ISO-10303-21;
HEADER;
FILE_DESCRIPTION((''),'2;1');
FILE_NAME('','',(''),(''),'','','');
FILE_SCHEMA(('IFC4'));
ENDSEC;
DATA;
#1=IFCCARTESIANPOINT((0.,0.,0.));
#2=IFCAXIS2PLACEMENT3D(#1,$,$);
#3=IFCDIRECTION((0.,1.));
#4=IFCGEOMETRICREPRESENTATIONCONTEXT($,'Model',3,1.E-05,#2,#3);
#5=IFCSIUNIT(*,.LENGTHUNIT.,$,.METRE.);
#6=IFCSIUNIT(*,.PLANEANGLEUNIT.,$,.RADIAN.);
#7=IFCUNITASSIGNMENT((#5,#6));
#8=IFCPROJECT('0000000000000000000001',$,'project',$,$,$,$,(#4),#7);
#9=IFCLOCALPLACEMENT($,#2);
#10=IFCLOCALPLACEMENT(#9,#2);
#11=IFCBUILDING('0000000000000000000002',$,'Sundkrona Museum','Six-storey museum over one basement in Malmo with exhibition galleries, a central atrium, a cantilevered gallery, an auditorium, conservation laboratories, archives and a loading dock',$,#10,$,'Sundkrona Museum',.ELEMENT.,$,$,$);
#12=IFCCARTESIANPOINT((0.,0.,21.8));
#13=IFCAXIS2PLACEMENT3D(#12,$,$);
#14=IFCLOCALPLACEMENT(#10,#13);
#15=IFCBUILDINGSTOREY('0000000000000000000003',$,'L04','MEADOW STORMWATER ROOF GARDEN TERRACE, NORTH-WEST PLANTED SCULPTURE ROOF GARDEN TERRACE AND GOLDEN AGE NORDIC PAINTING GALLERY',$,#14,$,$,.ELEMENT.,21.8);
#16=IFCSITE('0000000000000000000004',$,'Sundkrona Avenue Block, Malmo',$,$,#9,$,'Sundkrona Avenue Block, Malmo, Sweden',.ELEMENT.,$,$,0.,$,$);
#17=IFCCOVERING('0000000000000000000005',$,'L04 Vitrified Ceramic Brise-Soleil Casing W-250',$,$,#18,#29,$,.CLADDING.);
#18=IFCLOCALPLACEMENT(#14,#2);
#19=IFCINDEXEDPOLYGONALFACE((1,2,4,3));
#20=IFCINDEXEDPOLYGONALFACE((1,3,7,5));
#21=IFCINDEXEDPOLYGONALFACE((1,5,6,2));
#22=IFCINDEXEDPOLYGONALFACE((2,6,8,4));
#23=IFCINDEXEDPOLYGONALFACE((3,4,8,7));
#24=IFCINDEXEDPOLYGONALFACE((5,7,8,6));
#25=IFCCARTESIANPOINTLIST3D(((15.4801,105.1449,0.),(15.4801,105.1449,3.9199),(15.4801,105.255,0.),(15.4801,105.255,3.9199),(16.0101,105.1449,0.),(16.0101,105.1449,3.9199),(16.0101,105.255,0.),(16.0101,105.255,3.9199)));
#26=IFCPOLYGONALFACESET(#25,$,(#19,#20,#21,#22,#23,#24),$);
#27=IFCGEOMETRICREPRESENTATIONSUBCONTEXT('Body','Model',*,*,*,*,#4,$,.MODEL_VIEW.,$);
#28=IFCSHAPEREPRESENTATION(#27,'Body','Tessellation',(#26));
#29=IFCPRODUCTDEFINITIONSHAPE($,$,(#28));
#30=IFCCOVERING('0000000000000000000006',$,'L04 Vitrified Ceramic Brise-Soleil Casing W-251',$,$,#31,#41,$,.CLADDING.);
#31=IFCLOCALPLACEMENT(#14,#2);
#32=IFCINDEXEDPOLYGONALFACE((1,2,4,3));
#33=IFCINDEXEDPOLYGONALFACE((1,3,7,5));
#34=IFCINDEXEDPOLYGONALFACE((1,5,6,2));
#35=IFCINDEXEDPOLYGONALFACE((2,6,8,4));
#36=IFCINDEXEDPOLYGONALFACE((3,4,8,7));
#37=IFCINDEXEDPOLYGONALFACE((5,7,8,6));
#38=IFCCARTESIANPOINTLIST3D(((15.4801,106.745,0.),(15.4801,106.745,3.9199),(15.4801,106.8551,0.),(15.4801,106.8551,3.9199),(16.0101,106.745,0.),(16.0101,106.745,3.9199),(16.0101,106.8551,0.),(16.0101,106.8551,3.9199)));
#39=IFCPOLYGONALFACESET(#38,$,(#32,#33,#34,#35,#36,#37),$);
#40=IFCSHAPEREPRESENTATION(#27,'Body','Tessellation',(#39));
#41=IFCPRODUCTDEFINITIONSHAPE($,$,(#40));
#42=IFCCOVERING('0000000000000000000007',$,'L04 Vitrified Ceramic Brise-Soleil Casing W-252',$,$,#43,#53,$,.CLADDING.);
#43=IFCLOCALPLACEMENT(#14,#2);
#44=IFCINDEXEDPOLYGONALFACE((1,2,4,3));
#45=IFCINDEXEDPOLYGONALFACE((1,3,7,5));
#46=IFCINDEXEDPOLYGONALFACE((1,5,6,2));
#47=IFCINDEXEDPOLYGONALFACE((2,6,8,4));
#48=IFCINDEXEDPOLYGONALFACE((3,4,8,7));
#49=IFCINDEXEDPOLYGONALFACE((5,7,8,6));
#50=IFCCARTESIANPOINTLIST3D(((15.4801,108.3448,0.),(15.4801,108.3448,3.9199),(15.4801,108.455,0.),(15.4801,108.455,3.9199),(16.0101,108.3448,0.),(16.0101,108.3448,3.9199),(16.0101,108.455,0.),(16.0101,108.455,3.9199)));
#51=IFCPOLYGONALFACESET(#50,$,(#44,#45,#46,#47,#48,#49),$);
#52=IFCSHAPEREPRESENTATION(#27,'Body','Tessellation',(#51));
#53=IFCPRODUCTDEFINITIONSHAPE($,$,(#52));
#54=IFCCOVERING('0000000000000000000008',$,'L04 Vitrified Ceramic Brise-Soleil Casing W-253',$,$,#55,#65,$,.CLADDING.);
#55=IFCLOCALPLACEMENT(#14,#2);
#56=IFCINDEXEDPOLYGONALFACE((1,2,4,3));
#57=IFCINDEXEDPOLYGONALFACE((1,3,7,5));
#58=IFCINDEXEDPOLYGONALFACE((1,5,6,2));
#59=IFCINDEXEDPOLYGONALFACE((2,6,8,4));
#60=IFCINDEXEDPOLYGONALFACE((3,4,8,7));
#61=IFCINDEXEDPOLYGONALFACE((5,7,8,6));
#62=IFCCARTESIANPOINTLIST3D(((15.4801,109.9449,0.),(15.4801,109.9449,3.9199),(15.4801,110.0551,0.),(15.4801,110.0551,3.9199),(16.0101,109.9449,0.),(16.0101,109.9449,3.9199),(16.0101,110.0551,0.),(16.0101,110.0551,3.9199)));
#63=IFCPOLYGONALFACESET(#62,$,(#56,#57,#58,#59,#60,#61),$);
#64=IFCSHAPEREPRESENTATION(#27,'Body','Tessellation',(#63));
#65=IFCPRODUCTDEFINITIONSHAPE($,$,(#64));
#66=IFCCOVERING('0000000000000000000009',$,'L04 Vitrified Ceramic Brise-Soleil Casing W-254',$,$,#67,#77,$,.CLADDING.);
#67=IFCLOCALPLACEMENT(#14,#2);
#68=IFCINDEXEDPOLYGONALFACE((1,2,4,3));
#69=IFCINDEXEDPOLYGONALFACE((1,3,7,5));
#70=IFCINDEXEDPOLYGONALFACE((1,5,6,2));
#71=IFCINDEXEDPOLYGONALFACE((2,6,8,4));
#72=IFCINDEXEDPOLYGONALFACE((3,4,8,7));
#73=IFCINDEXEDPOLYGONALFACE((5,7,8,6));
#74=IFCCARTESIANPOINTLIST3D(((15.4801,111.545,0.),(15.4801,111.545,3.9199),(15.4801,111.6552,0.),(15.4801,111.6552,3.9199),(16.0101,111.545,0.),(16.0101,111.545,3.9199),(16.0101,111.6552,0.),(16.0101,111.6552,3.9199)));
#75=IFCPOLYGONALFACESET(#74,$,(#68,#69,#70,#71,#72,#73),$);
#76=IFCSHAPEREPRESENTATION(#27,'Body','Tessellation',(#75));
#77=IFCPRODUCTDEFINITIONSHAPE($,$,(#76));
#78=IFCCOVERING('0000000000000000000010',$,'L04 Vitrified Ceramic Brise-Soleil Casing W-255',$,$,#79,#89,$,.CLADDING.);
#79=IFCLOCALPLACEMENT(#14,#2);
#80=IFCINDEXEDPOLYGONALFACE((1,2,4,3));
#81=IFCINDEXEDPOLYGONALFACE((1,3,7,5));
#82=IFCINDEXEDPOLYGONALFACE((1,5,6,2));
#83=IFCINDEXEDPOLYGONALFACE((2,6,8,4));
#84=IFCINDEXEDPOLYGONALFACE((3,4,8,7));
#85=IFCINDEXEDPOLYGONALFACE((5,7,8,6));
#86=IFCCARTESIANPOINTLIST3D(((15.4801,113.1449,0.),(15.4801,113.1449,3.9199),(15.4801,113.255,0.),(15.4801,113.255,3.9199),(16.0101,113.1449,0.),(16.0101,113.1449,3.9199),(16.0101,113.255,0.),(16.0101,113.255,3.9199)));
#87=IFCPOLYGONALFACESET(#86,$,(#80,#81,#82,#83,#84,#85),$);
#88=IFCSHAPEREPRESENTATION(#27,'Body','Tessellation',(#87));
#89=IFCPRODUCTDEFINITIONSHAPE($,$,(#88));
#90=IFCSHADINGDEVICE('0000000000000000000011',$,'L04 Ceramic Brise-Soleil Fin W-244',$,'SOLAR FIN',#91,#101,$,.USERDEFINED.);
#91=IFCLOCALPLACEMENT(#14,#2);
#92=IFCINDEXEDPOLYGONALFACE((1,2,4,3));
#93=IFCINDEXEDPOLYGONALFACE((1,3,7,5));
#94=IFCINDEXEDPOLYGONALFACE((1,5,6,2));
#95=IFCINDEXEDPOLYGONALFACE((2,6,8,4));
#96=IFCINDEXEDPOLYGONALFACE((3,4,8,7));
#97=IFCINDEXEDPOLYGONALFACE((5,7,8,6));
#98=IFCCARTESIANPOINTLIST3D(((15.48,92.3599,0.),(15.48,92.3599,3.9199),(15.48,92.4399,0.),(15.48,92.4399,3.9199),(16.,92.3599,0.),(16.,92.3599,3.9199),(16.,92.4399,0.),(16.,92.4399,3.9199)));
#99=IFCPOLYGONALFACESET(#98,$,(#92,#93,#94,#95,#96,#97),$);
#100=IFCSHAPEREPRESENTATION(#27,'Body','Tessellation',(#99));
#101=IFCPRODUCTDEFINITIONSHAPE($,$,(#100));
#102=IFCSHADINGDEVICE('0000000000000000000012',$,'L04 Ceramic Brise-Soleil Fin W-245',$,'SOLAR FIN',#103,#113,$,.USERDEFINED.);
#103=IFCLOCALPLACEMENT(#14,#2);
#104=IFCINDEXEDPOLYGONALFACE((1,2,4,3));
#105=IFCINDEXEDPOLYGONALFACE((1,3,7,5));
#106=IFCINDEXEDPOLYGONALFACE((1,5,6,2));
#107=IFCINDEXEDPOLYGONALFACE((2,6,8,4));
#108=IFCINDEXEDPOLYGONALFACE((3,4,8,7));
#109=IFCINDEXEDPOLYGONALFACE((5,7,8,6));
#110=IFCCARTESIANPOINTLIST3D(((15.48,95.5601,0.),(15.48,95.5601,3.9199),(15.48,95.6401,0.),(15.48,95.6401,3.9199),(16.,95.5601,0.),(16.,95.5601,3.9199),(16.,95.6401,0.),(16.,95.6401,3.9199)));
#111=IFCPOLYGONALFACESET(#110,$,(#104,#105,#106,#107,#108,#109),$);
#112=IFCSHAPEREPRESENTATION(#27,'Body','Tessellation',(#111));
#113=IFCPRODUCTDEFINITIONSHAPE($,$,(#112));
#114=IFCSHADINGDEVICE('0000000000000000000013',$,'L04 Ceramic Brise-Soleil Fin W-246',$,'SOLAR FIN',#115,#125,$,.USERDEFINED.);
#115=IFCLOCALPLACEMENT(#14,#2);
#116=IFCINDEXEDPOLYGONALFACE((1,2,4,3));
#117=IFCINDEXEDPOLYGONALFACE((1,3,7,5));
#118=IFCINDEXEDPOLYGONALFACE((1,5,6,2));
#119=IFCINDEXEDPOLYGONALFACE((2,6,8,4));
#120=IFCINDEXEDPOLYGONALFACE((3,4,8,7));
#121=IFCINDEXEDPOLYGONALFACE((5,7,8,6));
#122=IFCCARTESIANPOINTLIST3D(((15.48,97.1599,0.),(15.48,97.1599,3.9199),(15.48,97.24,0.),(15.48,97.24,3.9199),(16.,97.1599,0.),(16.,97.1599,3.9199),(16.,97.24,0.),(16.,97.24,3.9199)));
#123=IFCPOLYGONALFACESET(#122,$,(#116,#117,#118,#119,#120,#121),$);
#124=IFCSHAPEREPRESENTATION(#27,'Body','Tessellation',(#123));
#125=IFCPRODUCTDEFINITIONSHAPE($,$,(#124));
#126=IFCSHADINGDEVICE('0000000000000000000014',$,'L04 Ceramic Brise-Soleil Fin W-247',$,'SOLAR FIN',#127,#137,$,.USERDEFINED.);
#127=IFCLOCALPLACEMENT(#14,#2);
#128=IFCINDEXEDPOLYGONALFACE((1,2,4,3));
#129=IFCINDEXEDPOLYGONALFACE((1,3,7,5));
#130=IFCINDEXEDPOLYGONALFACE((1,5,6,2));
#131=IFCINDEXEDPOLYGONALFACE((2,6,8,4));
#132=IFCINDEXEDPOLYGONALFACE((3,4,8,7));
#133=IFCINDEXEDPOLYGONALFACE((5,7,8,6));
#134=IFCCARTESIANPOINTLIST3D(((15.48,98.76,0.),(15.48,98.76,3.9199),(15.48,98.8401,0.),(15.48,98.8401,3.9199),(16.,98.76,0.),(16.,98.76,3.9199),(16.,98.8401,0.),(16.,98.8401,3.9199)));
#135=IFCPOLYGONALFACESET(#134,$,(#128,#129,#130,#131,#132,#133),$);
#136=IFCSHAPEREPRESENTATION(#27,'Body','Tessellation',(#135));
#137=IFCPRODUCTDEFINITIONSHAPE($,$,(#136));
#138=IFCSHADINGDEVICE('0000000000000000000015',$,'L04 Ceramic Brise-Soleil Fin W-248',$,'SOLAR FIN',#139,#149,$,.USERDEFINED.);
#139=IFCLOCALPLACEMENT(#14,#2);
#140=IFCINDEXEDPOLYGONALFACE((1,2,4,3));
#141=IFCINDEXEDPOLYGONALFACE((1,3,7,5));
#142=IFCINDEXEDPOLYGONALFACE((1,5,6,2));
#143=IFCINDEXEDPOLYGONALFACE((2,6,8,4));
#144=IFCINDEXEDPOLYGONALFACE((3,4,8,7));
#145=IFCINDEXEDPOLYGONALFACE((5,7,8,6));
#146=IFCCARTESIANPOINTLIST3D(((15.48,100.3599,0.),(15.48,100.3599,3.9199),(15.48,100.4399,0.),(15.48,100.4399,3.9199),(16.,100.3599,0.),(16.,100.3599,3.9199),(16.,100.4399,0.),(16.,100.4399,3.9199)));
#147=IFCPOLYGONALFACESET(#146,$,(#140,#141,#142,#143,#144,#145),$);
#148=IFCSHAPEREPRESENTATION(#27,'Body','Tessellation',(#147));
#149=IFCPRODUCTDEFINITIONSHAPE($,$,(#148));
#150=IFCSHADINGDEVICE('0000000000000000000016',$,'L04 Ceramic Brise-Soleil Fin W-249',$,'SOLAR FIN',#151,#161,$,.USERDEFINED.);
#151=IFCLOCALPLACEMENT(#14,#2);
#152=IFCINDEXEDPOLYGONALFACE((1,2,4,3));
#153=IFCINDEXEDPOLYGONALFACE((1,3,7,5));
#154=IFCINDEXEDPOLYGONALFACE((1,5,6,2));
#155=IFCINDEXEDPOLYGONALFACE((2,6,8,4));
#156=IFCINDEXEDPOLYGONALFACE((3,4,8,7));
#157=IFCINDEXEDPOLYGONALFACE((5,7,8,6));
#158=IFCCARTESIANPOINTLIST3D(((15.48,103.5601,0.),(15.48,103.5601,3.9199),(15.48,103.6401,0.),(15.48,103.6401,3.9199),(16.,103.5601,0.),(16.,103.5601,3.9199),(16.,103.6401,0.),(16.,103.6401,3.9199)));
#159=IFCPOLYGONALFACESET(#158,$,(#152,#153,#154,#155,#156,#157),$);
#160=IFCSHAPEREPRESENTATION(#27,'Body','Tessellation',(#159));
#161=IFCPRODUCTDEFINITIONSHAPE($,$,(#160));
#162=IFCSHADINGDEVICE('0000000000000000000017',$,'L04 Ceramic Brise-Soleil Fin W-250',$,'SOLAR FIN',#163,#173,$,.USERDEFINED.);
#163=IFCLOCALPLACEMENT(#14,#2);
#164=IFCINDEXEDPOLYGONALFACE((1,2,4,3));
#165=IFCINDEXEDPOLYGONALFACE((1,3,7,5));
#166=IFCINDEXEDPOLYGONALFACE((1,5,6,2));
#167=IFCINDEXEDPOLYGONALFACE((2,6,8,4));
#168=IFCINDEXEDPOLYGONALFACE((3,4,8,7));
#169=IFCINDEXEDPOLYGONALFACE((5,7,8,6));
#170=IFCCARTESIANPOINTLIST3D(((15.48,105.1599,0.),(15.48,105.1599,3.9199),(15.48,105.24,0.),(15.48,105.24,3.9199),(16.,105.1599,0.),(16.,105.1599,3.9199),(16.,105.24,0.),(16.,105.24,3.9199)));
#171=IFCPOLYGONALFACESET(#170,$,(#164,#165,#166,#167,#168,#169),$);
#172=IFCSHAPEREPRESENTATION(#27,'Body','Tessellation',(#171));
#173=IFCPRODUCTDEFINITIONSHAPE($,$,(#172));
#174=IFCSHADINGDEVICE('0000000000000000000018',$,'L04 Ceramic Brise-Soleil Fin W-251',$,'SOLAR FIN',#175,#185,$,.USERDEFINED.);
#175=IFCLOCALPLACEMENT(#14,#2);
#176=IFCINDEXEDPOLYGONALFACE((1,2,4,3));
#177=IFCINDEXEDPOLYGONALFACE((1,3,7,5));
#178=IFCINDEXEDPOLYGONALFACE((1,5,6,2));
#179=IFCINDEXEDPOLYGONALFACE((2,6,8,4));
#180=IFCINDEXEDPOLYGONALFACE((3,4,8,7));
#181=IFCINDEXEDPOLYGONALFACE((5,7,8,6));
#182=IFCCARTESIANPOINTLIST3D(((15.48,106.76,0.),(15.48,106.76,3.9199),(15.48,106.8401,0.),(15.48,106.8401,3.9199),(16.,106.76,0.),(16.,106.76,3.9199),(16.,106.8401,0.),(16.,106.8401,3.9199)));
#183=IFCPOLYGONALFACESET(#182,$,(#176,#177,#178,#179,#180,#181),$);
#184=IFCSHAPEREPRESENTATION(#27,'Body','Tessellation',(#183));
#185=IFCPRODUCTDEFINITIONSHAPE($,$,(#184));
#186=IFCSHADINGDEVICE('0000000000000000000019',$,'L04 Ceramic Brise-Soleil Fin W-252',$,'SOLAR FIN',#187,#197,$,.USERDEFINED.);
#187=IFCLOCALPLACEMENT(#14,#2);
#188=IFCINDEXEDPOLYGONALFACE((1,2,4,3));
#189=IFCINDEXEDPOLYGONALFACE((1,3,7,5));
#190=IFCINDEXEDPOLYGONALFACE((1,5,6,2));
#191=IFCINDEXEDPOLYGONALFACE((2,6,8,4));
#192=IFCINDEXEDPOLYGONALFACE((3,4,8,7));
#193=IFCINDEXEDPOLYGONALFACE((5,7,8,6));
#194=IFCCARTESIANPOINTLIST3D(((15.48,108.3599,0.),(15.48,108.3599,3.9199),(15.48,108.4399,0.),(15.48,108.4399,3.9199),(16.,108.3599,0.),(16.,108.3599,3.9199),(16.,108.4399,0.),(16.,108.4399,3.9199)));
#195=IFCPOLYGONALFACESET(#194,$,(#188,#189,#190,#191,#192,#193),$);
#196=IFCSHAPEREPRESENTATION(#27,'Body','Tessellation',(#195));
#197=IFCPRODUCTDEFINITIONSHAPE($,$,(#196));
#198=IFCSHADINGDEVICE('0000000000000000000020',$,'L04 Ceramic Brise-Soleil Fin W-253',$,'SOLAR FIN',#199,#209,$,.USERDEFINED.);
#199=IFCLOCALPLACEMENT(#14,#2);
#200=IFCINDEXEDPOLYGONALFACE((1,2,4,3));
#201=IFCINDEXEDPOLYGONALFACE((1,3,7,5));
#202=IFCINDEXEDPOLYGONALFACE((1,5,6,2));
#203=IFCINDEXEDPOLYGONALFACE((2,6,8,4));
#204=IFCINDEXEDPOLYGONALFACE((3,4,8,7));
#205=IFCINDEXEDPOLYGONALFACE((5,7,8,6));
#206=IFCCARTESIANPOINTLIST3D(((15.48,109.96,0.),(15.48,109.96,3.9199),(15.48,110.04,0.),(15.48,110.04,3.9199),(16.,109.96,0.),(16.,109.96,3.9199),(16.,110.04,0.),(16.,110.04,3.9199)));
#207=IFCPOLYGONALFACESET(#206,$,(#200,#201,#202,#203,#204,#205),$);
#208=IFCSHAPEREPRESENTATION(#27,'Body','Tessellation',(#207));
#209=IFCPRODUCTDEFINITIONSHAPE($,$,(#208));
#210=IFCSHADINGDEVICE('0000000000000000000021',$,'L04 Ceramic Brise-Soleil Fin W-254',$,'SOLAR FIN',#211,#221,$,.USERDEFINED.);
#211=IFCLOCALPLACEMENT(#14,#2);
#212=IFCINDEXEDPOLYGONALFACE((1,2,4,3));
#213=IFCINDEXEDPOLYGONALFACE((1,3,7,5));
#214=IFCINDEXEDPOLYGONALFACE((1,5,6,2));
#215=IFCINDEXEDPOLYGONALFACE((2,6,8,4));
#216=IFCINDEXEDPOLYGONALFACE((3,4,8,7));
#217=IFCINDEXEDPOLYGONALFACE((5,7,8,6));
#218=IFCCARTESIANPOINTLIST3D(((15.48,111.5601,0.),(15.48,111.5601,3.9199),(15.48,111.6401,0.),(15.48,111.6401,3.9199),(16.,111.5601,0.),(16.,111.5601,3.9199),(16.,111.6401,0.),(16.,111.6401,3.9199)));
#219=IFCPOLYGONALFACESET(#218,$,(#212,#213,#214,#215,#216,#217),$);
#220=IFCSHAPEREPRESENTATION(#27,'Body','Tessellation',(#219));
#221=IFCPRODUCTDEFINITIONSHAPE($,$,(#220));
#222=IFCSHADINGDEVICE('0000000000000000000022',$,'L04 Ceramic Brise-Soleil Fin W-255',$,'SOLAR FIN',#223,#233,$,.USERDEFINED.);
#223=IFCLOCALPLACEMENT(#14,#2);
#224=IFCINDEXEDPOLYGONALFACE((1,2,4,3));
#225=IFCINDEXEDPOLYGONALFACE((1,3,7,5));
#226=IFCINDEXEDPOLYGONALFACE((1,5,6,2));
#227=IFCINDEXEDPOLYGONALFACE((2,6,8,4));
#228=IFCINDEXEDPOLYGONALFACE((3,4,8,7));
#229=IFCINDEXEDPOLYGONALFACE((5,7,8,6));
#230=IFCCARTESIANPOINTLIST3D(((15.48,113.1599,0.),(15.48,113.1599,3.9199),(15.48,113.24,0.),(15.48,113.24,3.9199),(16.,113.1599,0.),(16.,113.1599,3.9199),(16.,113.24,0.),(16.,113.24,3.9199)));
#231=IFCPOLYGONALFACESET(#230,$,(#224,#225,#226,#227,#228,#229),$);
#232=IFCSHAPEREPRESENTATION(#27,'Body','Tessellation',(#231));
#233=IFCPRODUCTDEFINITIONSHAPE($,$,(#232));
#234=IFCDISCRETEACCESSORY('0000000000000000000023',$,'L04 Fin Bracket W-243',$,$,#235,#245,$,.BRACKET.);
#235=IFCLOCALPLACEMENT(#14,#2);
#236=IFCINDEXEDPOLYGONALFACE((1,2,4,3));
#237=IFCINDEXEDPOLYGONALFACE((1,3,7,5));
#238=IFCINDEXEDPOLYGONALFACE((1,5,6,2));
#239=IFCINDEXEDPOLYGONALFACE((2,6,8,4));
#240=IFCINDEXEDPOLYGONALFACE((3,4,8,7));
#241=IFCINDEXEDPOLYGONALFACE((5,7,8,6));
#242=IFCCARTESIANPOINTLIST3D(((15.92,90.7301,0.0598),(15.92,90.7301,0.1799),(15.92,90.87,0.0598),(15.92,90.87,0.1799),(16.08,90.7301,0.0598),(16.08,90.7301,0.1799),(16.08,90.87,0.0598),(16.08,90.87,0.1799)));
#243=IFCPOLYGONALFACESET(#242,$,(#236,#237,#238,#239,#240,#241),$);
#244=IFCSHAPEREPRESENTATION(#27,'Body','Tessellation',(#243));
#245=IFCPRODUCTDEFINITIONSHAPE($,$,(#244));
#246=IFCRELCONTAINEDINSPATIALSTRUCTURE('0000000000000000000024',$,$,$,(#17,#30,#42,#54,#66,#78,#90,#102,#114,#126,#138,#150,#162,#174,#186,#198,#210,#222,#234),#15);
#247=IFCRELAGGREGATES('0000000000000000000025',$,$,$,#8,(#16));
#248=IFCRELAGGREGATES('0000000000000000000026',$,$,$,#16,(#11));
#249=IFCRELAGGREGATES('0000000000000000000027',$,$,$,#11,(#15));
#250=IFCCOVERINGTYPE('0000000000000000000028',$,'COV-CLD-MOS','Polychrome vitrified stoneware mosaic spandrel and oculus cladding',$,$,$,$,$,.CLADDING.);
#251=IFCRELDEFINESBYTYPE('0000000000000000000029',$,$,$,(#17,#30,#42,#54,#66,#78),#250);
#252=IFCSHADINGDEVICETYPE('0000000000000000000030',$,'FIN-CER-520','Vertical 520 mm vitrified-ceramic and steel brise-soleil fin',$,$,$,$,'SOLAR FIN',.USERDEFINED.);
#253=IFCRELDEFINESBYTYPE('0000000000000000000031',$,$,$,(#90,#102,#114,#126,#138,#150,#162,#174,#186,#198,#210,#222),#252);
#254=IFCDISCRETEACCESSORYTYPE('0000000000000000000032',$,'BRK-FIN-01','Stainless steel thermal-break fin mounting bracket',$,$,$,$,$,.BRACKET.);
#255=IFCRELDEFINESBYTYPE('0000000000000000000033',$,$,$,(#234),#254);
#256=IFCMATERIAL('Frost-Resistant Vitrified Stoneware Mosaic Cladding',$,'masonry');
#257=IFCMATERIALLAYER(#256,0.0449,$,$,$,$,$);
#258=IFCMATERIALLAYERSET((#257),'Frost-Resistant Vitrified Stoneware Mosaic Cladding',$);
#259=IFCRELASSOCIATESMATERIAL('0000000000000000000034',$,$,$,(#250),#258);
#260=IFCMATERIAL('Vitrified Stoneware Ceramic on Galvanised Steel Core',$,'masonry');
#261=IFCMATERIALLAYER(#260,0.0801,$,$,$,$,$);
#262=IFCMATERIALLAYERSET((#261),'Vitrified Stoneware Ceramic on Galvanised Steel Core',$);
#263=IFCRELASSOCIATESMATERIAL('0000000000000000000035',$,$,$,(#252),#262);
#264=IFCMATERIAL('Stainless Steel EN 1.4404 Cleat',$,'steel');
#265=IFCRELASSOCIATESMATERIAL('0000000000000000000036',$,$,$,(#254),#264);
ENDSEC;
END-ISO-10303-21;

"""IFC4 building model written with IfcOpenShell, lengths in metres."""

from ifc_helpers import new_model, si_unit, direction, frame, origin, origin_2d, place, context, subcontext, project, spatial, rectangle, extrude, material, layer, layer_set, type_object, element, save


model = new_model("IFC4")

# Units and contexts
model_context = context("Model", 3, precision=1e-05, world=origin(), true_north=direction((0.0, 1.0)))
body_context = subcontext(model_context, "Body", "Model", "MODEL_VIEW")
ifc_project = project(units=[si_unit("LENGTHUNIT", "METRE"), si_unit("PLANEANGLEUNIT", "RADIAN")], contexts=[model_context])

# Site, building, storey
site_placement = place(None, origin())
site = spatial("IfcSite", under=ifc_project, at=site_placement, Name="Sundkrona Avenue Block, Malmo", LongName="Sundkrona Avenue Block, Malmo, Sweden", CompositionType="ELEMENT", RefElevation=0.0)
building_placement = place(site_placement, origin())
building = spatial("IfcBuilding", under=site, at=building_placement, Name="Sundkrona Museum", Description="Six-storey museum over one basement in Malmo with exhibition galleries, a central atrium, a cantilevered gallery, an auditorium, conservation laboratories, archives and a loading dock", LongName="Sundkrona Museum", CompositionType="ELEMENT")
storey_placement = place(building_placement, frame((0.0, 0.0, 21.8)))
storey = spatial("IfcBuildingStorey", under=building, at=storey_placement, Name="L04", Description="MEADOW STORMWATER ROOF GARDEN TERRACE, NORTH-WEST PLANTED SCULPTURE ROOF GARDEN TERRACE AND GOLDEN AGE NORDIC PAINTING GALLERY", CompositionType="ELEMENT", Elevation=21.8)

# Coverings
ifc_material_1 = material(Name="Frost-Resistant Vitrified Stoneware Mosaic Cladding", Category="masonry")
ifc_layer_1 = layer(ifc_material_1, 0.0449)
ifc_layer_set_1 = layer_set([ifc_layer_1], Name="Frost-Resistant Vitrified Stoneware Mosaic Cladding")
covering_type = type_object("IfcCoveringType", Name="COV-CLD-MOS", Description="Polychrome vitrified stoneware mosaic spandrel and oculus cladding", PredefinedType="CLADDING", material=ifc_layer_set_1)
for number, where, z_axis, x_axis, name in (
    (1, (15.7451, 105.2, 0.0), (0.0, 0.0, 1.0), (1.0, 0.0, 0.0), "L04 Vitrified Ceramic Brise-Soleil Casing W-250"),
    (2, (15.7451, 106.8, 0.0), (0.0, 0.0, 1.0), (1.0, 0.0, 0.0), "L04 Vitrified Ceramic Brise-Soleil Casing W-251"),
    (3, (15.7451, 108.3999, 0.0), (0.0, 0.0, 1.0), (1.0, 0.0, 0.0), "L04 Vitrified Ceramic Brise-Soleil Casing W-252"),
    (4, (15.7451, 110.0, 0.0), (0.0, 0.0, 1.0), (1.0, 0.0, 0.0), "L04 Vitrified Ceramic Brise-Soleil Casing W-253"),
    (5, (15.7451, 111.6001, 0.0), (0.0, 0.0, 1.0), (1.0, 0.0, 0.0), "L04 Vitrified Ceramic Brise-Soleil Casing W-254"),
    (6, (15.7451, 113.2, 0.0), (0.0, 0.0, 1.0), (1.0, 0.0, 0.0), "L04 Vitrified Ceramic Brise-Soleil Casing W-255"),
):
    element("IfcCovering", number, at=place(storey_placement, frame(where, z_axis=z_axis, x_axis=x_axis)), inside=storey, type_object=covering_type, Name=name, PredefinedType="CLADDING", context=body_context, shape_type="SweptSolid", body=[
        extrude(rectangle(XDim=0.53, YDim=0.1101, at=origin_2d()), origin(), (0.0, 0.0, 1.0), 3.9199),
    ])

# Shading devices
ifc_material_2 = material(Name="Vitrified Stoneware Ceramic on Galvanised Steel Core", Category="masonry")
ifc_layer_2 = layer(ifc_material_2, 0.0801)
ifc_layer_set_2 = layer_set([ifc_layer_2], Name="Vitrified Stoneware Ceramic on Galvanised Steel Core")
shading_device_type = type_object("IfcShadingDeviceType", Name="FIN-CER-520", Description="Vertical 520 mm vitrified-ceramic and steel brise-soleil fin", ElementType="SOLAR FIN", PredefinedType="USERDEFINED", material=ifc_layer_set_2)
for number, where, z_axis, x_axis, name in (
    (7, (15.74, 92.3999, 0.0), (0.0, 0.0, 1.0), (1.0, 0.0, 0.0), "L04 Ceramic Brise-Soleil Fin W-244"),
    (8, (15.74, 95.6001, 0.0), (0.0, 0.0, 1.0), (1.0, 0.0, 0.0), "L04 Ceramic Brise-Soleil Fin W-245"),
    (9, (15.74, 97.2, 0.0), (0.0, 0.0, 1.0), (1.0, 0.0, 0.0), "L04 Ceramic Brise-Soleil Fin W-246"),
    (10, (15.74, 98.8, 0.0), (0.0, 0.0, 1.0), (1.0, 0.0, 0.0), "L04 Ceramic Brise-Soleil Fin W-247"),
    (11, (15.74, 100.3999, 0.0), (0.0, 0.0, 1.0), (1.0, 0.0, 0.0), "L04 Ceramic Brise-Soleil Fin W-248"),
    (12, (15.74, 103.6001, 0.0), (0.0, 0.0, 1.0), (1.0, 0.0, 0.0), "L04 Ceramic Brise-Soleil Fin W-249"),
    (13, (15.74, 105.2, 0.0), (0.0, 0.0, 1.0), (1.0, 0.0, 0.0), "L04 Ceramic Brise-Soleil Fin W-250"),
    (14, (15.74, 106.8, 0.0), (0.0, 0.0, 1.0), (1.0, 0.0, 0.0), "L04 Ceramic Brise-Soleil Fin W-251"),
    (15, (15.74, 108.3999, 0.0), (0.0, 0.0, 1.0), (1.0, 0.0, 0.0), "L04 Ceramic Brise-Soleil Fin W-252"),
    (16, (15.74, 110.0, 0.0), (0.0, 0.0, 1.0), (1.0, 0.0, 0.0), "L04 Ceramic Brise-Soleil Fin W-253"),
    (17, (15.74, 111.6001, 0.0), (0.0, 0.0, 1.0), (1.0, 0.0, 0.0), "L04 Ceramic Brise-Soleil Fin W-254"),
    (18, (15.74, 113.2, 0.0), (0.0, 0.0, 1.0), (1.0, 0.0, 0.0), "L04 Ceramic Brise-Soleil Fin W-255"),
):
    element("IfcShadingDevice", number, at=place(storey_placement, frame(where, z_axis=z_axis, x_axis=x_axis)), inside=storey, type_object=shading_device_type, Name=name, ObjectType="SOLAR FIN", PredefinedType="USERDEFINED", context=body_context, shape_type="SweptSolid", body=[
        extrude(rectangle(XDim=0.52, YDim=0.0801, at=origin_2d()), origin(), (0.0, 0.0, 1.0), 3.9199),
    ])

# Discrete accessory
ifc_material_3 = material(Name="Stainless Steel EN 1.4404 Cleat", Category="steel")
discrete_accessory_type = type_object("IfcDiscreteAccessoryType", Name="BRK-FIN-01", Description="Stainless steel thermal-break fin mounting bracket", PredefinedType="BRACKET", material=ifc_material_3)
for number, where, z_axis, x_axis, name in (
    (19, (16.0, 90.8, 0.0598), (0.0, 0.0, 1.0), (1.0, 0.0, 0.0), "L04 Fin Bracket W-243"),
):
    element("IfcDiscreteAccessory", number, at=place(storey_placement, frame(where, z_axis=z_axis, x_axis=x_axis)), inside=storey, type_object=discrete_accessory_type, Name=name, PredefinedType="BRACKET", context=body_context, shape_type="SweptSolid", body=[
        extrude(rectangle(XDim=0.1599, YDim=0.1399, at=origin_2d()), origin(), (0.0, 0.0, 1.0), 0.1201),
    ])

save(model, "model.ifc")
